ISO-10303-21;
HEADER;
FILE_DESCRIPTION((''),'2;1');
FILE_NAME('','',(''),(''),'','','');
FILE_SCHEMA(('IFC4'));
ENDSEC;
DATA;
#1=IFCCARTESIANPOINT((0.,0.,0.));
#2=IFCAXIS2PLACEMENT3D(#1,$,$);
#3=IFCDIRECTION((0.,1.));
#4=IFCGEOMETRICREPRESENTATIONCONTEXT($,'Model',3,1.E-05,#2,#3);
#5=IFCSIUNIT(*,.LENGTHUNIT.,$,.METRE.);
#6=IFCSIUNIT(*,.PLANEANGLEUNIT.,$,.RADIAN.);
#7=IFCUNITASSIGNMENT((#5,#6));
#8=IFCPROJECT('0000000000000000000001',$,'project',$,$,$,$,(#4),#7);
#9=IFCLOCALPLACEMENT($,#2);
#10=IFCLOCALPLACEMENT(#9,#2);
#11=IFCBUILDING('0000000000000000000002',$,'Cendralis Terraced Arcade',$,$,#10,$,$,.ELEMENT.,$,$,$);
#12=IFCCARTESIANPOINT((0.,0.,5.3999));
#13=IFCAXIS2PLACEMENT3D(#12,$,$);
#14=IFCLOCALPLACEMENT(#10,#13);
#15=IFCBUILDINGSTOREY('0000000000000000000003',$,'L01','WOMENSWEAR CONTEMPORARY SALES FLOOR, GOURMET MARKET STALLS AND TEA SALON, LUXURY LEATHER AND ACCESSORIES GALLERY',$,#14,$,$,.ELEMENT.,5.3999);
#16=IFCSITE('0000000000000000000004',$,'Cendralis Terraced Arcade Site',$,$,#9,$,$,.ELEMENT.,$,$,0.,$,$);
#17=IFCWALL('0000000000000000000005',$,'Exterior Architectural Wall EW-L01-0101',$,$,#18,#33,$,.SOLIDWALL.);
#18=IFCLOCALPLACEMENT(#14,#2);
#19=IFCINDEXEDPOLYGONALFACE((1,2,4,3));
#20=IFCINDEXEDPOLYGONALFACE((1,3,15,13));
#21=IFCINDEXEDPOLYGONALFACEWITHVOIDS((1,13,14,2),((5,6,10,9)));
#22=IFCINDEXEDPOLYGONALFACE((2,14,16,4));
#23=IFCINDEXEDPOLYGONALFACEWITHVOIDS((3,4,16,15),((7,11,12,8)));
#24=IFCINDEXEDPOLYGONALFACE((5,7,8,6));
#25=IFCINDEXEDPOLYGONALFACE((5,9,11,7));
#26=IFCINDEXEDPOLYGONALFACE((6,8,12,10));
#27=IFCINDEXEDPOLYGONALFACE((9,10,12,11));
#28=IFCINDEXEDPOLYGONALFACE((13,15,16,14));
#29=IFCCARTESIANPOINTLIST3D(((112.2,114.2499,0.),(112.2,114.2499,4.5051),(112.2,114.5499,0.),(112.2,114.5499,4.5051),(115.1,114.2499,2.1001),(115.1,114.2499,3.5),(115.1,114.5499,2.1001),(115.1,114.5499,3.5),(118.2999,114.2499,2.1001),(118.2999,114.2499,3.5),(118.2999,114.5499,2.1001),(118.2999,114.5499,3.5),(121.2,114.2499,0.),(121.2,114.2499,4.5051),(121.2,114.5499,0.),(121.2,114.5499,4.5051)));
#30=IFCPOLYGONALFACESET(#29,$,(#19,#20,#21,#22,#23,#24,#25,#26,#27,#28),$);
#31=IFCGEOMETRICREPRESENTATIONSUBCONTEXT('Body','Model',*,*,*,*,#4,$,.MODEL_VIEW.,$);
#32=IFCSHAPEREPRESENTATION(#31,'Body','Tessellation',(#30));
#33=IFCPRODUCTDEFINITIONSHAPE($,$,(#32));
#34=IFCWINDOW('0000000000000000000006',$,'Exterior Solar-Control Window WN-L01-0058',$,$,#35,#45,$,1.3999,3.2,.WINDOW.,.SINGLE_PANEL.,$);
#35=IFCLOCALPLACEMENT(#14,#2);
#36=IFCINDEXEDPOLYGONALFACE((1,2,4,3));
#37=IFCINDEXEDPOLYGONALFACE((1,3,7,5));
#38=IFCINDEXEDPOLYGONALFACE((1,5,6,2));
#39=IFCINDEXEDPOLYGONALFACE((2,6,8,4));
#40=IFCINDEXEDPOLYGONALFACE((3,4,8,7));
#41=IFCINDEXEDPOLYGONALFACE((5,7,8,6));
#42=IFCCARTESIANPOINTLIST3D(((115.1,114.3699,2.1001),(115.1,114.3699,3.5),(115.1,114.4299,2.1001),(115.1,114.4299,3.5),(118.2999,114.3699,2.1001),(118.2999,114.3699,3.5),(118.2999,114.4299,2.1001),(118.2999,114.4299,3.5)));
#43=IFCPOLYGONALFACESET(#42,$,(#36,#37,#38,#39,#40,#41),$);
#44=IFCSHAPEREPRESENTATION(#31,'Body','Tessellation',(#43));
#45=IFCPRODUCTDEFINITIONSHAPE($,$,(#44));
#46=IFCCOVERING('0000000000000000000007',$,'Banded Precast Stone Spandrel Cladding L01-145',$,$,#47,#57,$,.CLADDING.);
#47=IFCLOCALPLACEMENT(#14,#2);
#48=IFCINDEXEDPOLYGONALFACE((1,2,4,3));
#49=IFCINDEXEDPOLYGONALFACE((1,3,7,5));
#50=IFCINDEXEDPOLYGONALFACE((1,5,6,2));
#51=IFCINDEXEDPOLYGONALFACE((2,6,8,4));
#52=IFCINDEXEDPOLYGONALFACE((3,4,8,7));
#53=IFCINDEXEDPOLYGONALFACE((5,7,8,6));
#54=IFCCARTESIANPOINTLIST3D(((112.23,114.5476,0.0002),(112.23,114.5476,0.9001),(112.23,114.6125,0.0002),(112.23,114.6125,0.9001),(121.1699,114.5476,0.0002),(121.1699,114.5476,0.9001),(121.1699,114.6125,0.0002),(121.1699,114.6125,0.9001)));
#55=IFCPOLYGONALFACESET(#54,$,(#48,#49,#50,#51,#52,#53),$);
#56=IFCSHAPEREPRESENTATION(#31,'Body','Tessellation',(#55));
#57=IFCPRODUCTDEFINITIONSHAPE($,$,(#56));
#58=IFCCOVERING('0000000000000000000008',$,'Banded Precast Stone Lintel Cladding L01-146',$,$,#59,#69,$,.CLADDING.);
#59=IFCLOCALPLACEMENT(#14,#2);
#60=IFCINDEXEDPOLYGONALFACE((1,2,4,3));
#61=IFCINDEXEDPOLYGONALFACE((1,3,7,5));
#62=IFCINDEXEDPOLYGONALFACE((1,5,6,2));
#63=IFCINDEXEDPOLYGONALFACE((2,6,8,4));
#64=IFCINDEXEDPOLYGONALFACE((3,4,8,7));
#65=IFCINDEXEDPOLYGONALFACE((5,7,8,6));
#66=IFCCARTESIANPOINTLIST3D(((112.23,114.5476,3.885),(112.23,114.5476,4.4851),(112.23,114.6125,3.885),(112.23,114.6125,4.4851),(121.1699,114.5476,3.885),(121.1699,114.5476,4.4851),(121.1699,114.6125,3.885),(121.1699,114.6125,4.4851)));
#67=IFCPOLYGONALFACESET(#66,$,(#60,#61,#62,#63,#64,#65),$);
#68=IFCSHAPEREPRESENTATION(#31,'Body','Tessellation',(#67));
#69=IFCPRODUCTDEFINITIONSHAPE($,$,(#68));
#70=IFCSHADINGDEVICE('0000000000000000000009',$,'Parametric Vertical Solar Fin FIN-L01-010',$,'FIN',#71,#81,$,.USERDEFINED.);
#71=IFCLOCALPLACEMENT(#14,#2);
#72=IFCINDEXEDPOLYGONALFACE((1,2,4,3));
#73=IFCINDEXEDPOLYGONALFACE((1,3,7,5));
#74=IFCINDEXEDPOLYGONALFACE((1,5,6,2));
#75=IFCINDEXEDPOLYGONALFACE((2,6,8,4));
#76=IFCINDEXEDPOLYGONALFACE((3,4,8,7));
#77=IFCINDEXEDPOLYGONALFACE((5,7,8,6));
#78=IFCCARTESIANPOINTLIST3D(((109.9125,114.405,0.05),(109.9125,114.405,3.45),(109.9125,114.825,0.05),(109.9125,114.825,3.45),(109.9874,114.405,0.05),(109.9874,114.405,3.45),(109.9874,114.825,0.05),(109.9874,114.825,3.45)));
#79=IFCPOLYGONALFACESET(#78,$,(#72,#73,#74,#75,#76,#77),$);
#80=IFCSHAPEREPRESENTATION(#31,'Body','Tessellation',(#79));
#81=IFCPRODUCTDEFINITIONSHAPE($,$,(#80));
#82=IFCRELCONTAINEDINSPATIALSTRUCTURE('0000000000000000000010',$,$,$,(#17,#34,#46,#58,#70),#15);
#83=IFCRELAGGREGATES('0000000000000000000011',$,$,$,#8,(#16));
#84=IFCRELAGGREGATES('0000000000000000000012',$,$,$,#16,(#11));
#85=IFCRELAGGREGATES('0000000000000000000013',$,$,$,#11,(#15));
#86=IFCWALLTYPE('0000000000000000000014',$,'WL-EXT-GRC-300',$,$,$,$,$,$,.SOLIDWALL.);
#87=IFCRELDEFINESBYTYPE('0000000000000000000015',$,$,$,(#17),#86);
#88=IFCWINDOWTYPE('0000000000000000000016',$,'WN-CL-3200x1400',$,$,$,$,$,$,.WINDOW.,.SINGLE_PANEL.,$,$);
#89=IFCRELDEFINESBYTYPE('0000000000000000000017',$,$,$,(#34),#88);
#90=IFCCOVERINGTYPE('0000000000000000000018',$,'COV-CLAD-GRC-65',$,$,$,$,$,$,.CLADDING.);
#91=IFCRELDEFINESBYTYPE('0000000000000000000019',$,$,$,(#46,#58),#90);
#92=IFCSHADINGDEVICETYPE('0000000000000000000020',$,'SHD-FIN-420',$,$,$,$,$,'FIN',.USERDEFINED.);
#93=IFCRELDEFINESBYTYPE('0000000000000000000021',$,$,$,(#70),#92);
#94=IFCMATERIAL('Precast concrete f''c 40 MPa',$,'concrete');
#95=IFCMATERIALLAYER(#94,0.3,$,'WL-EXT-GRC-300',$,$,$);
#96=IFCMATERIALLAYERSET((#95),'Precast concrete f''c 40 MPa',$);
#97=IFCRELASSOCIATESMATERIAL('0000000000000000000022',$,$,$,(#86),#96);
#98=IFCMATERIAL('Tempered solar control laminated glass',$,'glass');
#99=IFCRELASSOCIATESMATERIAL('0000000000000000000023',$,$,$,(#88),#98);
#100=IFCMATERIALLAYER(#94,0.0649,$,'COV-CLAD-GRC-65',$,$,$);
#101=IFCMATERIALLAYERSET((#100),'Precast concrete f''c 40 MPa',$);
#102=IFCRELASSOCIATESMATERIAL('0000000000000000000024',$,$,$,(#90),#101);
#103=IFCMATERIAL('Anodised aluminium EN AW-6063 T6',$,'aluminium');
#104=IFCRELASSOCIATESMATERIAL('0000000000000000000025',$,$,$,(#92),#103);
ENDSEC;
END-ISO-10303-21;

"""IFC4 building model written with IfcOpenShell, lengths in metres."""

from ifc_helpers import new_model, si_unit, direction, frame, frame_2d, origin, origin_2d, place, context, subcontext, project, spatial, rectangle, extrude, material, layer, layer_set, type_object, element, fill, save


model = new_model("IFC4")

# Units and contexts
model_context = context("Model", 3, precision=1e-05, world=origin(), true_north=direction((0.0, 1.0)))
body_context = subcontext(model_context, "Body", "Model", "MODEL_VIEW")
ifc_project = project(units=[si_unit("LENGTHUNIT", "METRE"), si_unit("PLANEANGLEUNIT", "RADIAN")], contexts=[model_context])

# Site, building, storey
site_placement = place(None, origin())
site = spatial("IfcSite", under=ifc_project, at=site_placement, Name="Cendralis Terraced Arcade Site", CompositionType="ELEMENT", RefElevation=0.0)
building_placement = place(site_placement, origin())
building = spatial("IfcBuilding", under=site, at=building_placement, Name="Cendralis Terraced Arcade", CompositionType="ELEMENT")
storey_placement = place(building_placement, frame((0.0, 0.0, 5.3999)))
storey = spatial("IfcBuildingStorey", under=building, at=storey_placement, Name="L01", Description="WOMENSWEAR CONTEMPORARY SALES FLOOR, GOURMET MARKET STALLS AND TEA SALON, LUXURY LEATHER AND ACCESSORIES GALLERY", CompositionType="ELEMENT", Elevation=5.3999)

# Shared definitions
ifc_material_1 = material(Name="Anodised aluminium EN AW-6063 T6", Category="aluminium")

# Shared definitions
ifc_material_2 = material(Name="Tempered solar control laminated glass", Category="glass")

# Wall, opening, window
ifc_material_3 = material(Name="Precast concrete f'c 40 MPa", Category="concrete")
ifc_layer_1 = layer(ifc_material_3, 0.3, Name="WL-EXT-GRC-300")
ifc_layer_set_1 = layer_set([ifc_layer_1], Name="Precast concrete f'c 40 MPa")
wall_type = type_object("IfcWallType", Name="WL-EXT-GRC-300", PredefinedType="SOLIDWALL", material=ifc_layer_set_1)
wall_placement = place(storey_placement, frame((112.2, 114.3999, 0.0), z_axis=(0.0, 0.0, 1.0), x_axis=(1.0, 0.0, 0.0)))
wall = element("IfcWall", 1, at=wall_placement, inside=storey, type_object=wall_type, Name="Exterior Architectural Wall EW-L01-0101", PredefinedType="SOLIDWALL", context=body_context, shape_type="SweptSolid", body=[
    extrude(rectangle(XDim=9.0, YDim=0.3, at=frame_2d((4.5, 0.0))), origin(), (0.0, 0.0, 1.0), 4.5051),
])
opening_placement = place(wall_placement, frame((2.8999, 0.0, 2.1001)))
opening = element("IfcOpeningElement", 2, at=opening_placement, cuts=wall, PredefinedType="OPENING", context=body_context, shape_type="SweptSolid", body=[
    extrude(rectangle(XDim=3.2, YDim=1.3999, at=frame_2d((1.6001, 0.7))), frame((0.0, 0.1621, 0.0), z_axis=(0.0, -1.0, 0.0), x_axis=(1.0, 0.0, 0.0)), (0.0, 0.0, 1.0), 0.324),
])
window_type = type_object("IfcWindowType", Name="WN-CL-3200x1400", PartitioningType="SINGLE_PANEL", PredefinedType="WINDOW", material=ifc_material_2)
window_placement = place(opening_placement, origin())
window = element("IfcWindow", 3, at=window_placement, inside=storey, type_object=window_type, Name="Exterior Solar-Control Window WN-L01-0058", OverallHeight=1.3999, OverallWidth=3.2, PartitioningType="SINGLE_PANEL", PredefinedType="WINDOW", context=body_context, shape_type="SweptSolid", body=[
    extrude(rectangle(XDim=3.2, YDim=1.3999, at=frame_2d((1.6001, 0.7))), frame((0.0, 0.03, 0.0), z_axis=(0.0, -1.0, 0.0), x_axis=(1.0, 0.0, 0.0)), (0.0, 0.0, 1.0), 0.0601),
])
fill(opening, window)

# Coverings
ifc_layer_2 = layer(ifc_material_3, 0.0649, Name="COV-CLAD-GRC-65")
ifc_layer_set_2 = layer_set([ifc_layer_2], Name="Precast concrete f'c 40 MPa")
covering_type = type_object("IfcCoveringType", Name="COV-CLAD-GRC-65", PredefinedType="CLADDING", material=ifc_layer_set_2)
covering_1_placement = place(storey_placement, frame((116.7, 114.5801, 0.0002), z_axis=(0.0, 0.0, 1.0), x_axis=(1.0, 0.0, 0.0)))
element("IfcCovering", 4, at=covering_1_placement, inside=storey, type_object=covering_type, Name="Banded Precast Stone Spandrel Cladding L01-145", PredefinedType="CLADDING", context=body_context, shape_type="SweptSolid", body=[
    extrude(rectangle(XDim=8.9399, YDim=0.0649, at=origin_2d()), origin(), (0.0, 0.0, 1.0), 0.8999),
])
covering_2_placement = place(storey_placement, frame((116.7, 114.5801, 3.885), z_axis=(0.0, 0.0, 1.0), x_axis=(1.0, 0.0, 0.0)))
element("IfcCovering", 5, at=covering_2_placement, inside=storey, type_object=covering_type, Name="Banded Precast Stone Lintel Cladding L01-146", PredefinedType="CLADDING", context=body_context, shape_type="SweptSolid", body=[
    extrude(rectangle(XDim=8.9399, YDim=0.0649, at=origin_2d()), origin(), (0.0, 0.0, 1.0), 0.6001),
])

# Shading device
shading_device_type = type_object("IfcShadingDeviceType", Name="SHD-FIN-420", ElementType="FIN", PredefinedType="USERDEFINED", material=ifc_material_1)
shading_device_placement = place(storey_placement, frame((109.95, 114.615, 0.05), z_axis=(0.0, 0.0, 1.0), x_axis=(1.0, 0.0, 0.0)))
element("IfcShadingDevice", 6, at=shading_device_placement, inside=storey, type_object=shading_device_type, Name="Parametric Vertical Solar Fin FIN-L01-010", ObjectType="FIN", PredefinedType="USERDEFINED", context=body_context, shape_type="SweptSolid", body=[
    extrude(rectangle(XDim=0.075, YDim=0.4199, at=origin_2d()), origin(), (0.0, 0.0, 1.0), 3.3999),
])

save(model, "model.ifc")
